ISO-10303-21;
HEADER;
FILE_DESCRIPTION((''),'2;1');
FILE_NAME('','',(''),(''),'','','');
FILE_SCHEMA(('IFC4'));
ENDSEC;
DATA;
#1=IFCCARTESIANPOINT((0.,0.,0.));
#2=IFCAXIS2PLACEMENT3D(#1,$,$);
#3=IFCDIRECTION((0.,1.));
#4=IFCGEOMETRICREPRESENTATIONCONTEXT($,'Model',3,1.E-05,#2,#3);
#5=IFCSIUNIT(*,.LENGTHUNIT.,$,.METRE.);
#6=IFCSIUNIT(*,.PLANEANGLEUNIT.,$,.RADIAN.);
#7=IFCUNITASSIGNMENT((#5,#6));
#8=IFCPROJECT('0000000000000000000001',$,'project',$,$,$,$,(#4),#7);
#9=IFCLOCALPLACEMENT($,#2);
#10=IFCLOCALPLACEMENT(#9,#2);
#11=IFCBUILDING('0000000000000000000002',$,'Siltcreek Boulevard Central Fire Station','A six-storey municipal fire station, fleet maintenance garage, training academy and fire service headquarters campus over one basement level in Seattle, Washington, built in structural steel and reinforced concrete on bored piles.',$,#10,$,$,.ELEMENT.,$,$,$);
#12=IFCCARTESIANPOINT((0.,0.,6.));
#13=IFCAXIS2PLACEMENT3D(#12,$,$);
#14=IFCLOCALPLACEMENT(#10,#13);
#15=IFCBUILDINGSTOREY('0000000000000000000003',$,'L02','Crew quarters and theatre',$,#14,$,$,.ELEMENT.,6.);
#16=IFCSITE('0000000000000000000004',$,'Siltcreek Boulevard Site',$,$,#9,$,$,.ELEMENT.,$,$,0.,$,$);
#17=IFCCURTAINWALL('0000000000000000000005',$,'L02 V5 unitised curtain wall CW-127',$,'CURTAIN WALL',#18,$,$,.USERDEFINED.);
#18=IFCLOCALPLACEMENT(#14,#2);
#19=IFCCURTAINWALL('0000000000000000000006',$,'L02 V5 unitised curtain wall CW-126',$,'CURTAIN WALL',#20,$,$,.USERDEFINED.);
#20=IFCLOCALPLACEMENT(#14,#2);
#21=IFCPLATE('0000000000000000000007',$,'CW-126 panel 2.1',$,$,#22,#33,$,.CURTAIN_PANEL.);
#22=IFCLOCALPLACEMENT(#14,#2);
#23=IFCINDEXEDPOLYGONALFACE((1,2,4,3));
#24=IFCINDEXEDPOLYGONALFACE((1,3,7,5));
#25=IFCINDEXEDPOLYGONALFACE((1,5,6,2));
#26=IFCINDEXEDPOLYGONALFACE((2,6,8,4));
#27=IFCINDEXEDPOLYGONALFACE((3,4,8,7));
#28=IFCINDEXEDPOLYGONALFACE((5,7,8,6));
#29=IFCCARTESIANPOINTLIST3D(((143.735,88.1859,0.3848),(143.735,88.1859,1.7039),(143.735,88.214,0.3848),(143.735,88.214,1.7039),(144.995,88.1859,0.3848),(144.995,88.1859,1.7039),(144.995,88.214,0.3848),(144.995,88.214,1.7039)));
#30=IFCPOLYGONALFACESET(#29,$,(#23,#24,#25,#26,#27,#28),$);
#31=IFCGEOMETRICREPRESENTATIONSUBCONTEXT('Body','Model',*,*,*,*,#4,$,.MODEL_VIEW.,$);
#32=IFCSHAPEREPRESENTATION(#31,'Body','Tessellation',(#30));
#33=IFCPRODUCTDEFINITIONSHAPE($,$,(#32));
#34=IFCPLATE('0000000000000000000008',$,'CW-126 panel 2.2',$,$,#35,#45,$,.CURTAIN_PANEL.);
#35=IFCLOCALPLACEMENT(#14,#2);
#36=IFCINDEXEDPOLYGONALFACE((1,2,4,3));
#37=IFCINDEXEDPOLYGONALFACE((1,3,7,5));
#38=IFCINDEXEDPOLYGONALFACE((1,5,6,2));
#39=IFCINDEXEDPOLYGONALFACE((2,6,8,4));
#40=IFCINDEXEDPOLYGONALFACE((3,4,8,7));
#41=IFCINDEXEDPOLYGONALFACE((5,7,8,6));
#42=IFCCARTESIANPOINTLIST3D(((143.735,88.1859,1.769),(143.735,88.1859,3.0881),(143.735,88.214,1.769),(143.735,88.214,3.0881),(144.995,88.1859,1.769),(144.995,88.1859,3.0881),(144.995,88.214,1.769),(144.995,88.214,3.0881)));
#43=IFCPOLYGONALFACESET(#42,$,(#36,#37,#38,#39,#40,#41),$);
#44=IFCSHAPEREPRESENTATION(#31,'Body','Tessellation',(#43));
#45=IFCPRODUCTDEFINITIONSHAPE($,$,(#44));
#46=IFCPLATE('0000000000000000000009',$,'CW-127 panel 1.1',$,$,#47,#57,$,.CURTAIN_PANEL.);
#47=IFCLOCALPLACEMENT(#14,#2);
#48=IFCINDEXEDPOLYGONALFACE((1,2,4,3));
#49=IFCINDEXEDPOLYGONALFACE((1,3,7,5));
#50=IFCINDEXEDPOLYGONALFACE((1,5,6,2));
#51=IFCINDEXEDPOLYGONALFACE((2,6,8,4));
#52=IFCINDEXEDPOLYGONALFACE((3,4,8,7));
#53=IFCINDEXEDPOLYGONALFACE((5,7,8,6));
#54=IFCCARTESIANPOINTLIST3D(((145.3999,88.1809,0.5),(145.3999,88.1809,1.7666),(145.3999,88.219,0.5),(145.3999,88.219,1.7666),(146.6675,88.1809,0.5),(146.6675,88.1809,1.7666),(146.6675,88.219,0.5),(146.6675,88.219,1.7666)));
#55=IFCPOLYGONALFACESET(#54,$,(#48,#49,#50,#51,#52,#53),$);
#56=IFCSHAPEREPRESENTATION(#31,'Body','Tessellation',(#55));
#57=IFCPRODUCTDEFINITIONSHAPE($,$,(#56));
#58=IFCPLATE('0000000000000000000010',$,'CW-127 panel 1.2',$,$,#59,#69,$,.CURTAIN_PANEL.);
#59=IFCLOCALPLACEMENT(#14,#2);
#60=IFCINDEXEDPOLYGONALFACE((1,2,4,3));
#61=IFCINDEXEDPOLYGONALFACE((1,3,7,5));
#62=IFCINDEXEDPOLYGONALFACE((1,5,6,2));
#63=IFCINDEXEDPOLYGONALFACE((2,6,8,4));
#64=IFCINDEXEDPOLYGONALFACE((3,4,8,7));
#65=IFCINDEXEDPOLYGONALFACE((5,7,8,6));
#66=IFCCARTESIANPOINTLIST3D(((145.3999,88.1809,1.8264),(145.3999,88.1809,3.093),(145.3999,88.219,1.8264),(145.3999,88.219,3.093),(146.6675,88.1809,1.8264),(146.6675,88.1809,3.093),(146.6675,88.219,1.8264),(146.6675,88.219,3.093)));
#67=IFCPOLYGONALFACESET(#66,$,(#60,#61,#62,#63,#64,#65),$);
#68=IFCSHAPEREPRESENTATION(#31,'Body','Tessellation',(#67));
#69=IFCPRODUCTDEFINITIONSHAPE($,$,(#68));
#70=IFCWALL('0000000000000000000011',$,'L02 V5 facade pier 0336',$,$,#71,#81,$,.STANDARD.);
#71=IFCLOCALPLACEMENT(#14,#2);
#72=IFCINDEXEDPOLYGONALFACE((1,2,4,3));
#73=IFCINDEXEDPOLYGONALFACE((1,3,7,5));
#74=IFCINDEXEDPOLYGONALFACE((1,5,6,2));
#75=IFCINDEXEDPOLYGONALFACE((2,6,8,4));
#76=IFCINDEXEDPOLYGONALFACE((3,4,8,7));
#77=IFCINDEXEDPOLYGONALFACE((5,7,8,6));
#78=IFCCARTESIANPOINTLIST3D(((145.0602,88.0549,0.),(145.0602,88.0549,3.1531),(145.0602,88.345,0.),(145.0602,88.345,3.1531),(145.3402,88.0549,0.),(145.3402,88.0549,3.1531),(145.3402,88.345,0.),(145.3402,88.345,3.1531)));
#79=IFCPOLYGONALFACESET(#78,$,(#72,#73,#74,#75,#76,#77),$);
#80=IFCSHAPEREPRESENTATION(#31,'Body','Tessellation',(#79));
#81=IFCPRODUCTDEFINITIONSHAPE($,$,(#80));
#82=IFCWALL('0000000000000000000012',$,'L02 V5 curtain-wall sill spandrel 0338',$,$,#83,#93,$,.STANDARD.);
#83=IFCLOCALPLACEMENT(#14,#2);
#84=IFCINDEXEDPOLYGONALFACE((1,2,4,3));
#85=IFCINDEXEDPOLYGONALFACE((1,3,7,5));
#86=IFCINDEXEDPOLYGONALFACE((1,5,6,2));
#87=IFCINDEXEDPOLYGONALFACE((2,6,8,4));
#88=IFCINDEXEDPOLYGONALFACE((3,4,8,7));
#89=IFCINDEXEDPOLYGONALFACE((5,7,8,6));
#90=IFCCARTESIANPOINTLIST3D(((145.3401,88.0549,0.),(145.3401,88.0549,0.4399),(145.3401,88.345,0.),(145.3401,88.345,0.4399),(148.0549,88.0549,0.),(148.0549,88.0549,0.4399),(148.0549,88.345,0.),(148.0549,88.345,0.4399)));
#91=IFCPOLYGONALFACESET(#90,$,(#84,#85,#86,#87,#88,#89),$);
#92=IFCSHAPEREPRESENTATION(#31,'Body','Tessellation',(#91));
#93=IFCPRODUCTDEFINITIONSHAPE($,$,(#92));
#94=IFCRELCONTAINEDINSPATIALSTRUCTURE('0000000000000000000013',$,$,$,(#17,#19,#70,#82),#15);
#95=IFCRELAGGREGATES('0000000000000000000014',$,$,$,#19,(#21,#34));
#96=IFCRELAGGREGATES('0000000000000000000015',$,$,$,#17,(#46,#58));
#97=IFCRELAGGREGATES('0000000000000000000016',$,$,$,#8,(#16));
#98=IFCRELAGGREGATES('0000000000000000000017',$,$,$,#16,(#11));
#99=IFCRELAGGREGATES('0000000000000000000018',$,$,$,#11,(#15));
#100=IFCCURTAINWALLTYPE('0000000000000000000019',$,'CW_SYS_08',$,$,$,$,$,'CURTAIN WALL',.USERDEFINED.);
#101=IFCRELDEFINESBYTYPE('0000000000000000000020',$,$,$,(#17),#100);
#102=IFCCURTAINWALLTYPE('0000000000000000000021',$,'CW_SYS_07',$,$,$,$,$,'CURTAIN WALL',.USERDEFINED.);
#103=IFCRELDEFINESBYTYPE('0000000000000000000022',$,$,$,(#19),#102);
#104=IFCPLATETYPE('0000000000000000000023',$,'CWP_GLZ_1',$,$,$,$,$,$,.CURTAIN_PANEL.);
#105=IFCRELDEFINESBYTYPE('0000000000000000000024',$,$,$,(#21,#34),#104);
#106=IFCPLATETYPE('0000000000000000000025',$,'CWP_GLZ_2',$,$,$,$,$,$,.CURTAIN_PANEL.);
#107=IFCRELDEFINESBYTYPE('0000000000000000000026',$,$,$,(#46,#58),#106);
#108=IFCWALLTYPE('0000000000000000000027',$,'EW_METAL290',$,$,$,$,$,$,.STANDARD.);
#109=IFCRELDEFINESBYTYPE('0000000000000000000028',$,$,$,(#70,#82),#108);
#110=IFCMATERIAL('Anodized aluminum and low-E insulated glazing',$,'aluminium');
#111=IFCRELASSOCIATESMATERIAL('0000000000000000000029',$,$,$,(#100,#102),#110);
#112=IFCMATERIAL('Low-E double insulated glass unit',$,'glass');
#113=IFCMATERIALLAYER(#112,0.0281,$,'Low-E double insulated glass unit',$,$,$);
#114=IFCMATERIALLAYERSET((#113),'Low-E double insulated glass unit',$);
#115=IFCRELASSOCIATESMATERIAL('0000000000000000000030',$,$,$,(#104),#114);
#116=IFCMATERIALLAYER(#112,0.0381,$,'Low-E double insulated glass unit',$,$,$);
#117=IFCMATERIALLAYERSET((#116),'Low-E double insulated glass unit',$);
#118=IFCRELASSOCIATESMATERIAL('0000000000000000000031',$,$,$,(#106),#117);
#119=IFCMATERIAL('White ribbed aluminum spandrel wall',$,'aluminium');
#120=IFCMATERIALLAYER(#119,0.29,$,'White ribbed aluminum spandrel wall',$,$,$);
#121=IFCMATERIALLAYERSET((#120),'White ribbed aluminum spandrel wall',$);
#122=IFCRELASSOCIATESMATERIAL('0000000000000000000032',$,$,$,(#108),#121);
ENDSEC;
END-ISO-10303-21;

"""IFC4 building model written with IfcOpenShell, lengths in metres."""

from ifc_helpers import new_model, si_unit, direction, frame, frame_2d, origin, origin_2d, place, context, subcontext, project, spatial, rectangle, extrude, material, layer, layer_set, type_object, element, aggregate, save


model = new_model("IFC4")

# Units and contexts
model_context = context("Model", 3, precision=1e-05, world=origin(), true_north=direction((0.0, 1.0)))
body_context = subcontext(model_context, "Body", "Model", "MODEL_VIEW")
ifc_project = project(units=[si_unit("LENGTHUNIT", "METRE"), si_unit("PLANEANGLEUNIT", "RADIAN")], contexts=[model_context])

# Site, building, storey
site_placement = place(None, origin())
site = spatial("IfcSite", under=ifc_project, at=site_placement, Name="Siltcreek Boulevard Site", CompositionType="ELEMENT", RefElevation=0.0)
building_placement = place(site_placement, origin())
building = spatial("IfcBuilding", under=site, at=building_placement, Name="Siltcreek Boulevard Central Fire Station", Description="A six-storey municipal fire station, fleet maintenance garage, training academy and fire service headquarters campus over one basement level in Seattle, Washington, built in structural steel and reinforced concrete on bored piles.", CompositionType="ELEMENT")
storey_placement = place(building_placement, frame((0.0, 0.0, 6.0)))
storey = spatial("IfcBuildingStorey", under=building, at=storey_placement, Name="L02", Description="Crew quarters and theatre", CompositionType="ELEMENT", Elevation=6.0)

# Curtain walls
ifc_material_1 = material(Name="Anodized aluminum and low-E insulated glazing", Category="aluminium")
curtain_wall_type_1 = type_object("IfcCurtainWallType", Name="CW_SYS_08", ElementType="CURTAIN WALL", PredefinedType="USERDEFINED", material=ifc_material_1)
curtain_wall_1_placement = place(storey_placement, origin())
curtain_wall_1 = element("IfcCurtainWall", 1, at=curtain_wall_1_placement, inside=storey, type_object=curtain_wall_type_1, Name="L02 V5 unitised curtain wall CW-127", ObjectType="CURTAIN WALL", PredefinedType="USERDEFINED")
curtain_wall_type_2 = type_object("IfcCurtainWallType", Name="CW_SYS_07", ElementType="CURTAIN WALL", PredefinedType="USERDEFINED", material=ifc_material_1)
curtain_wall_2_placement = place(storey_placement, origin())
curtain_wall_2 = element("IfcCurtainWall", 2, at=curtain_wall_2_placement, inside=storey, type_object=curtain_wall_type_2, Name="L02 V5 unitised curtain wall CW-126", ObjectType="CURTAIN WALL", PredefinedType="USERDEFINED")

# Plates
ifc_material_2 = material(Name="Low-E double insulated glass unit", Category="glass")
ifc_layer_1 = layer(ifc_material_2, 0.0281, Name="Low-E double insulated glass unit")
ifc_layer_set_1 = layer_set([ifc_layer_1], Name="Low-E double insulated glass unit")
plate_type_1 = type_object("IfcPlateType", Name="CWP_GLZ_1", PredefinedType="CURTAIN_PANEL", material=ifc_layer_set_1)
plate_1_placement = place(storey_placement, frame((144.365, 88.2, 0.3848), z_axis=(0.0, 0.0, 1.0), x_axis=(1.0, 0.0, 0.0)))
plate_1 = element("IfcPlate", 3, at=plate_1_placement, type_object=plate_type_1, Name="CW-126 panel 2.1", PredefinedType="CURTAIN_PANEL", context=body_context, shape_type="SweptSolid", body=[
    extrude(rectangle(XDim=1.26, YDim=0.0281, at=origin_2d()), origin(), (0.0, 0.0, 1.0), 1.3191),
])
plate_2_placement = place(storey_placement, frame((144.365, 88.2, 1.769), z_axis=(0.0, 0.0, 1.0), x_axis=(1.0, 0.0, 0.0)))
plate_2 = element("IfcPlate", 4, at=plate_2_placement, type_object=plate_type_1, Name="CW-126 panel 2.2", PredefinedType="CURTAIN_PANEL", context=body_context, shape_type="SweptSolid", body=[
    extrude(rectangle(XDim=1.26, YDim=0.0281, at=origin_2d()), origin(), (0.0, 0.0, 1.0), 1.3191),
])
aggregate(curtain_wall_2, [plate_1, plate_2])
ifc_layer_2 = layer(ifc_material_2, 0.0381, Name="Low-E double insulated glass unit")
ifc_layer_set_2 = layer_set([ifc_layer_2], Name="Low-E double insulated glass unit")
plate_type_2 = type_object("IfcPlateType", Name="CWP_GLZ_2", PredefinedType="CURTAIN_PANEL", material=ifc_layer_set_2)
plate_3_placement = place(storey_placement, frame((146.0337, 88.2, 0.5), z_axis=(0.0, 0.0, 1.0), x_axis=(1.0, 0.0, 0.0)))
plate_3 = element("IfcPlate", 5, at=plate_3_placement, type_object=plate_type_2, Name="CW-127 panel 1.1", PredefinedType="CURTAIN_PANEL", context=body_context, shape_type="SweptSolid", body=[
    extrude(rectangle(XDim=1.2676, YDim=0.0381, at=origin_2d()), origin(), (0.0, 0.0, 1.0), 1.2666),
])
plate_4_placement = place(storey_placement, frame((146.0337, 88.2, 1.8264), z_axis=(0.0, 0.0, 1.0), x_axis=(1.0, 0.0, 0.0)))
plate_4 = element("IfcPlate", 6, at=plate_4_placement, type_object=plate_type_2, Name="CW-127 panel 1.2", PredefinedType="CURTAIN_PANEL", context=body_context, shape_type="SweptSolid", body=[
    extrude(rectangle(XDim=1.2676, YDim=0.0381, at=origin_2d()), origin(), (0.0, 0.0, 1.0), 1.2666),
])
aggregate(curtain_wall_1, [plate_3, plate_4])

# Walls
ifc_material_3 = material(Name="White ribbed aluminum spandrel wall", Category="aluminium")
ifc_layer_3 = layer(ifc_material_3, 0.29, Name="White ribbed aluminum spandrel wall")
ifc_layer_set_3 = layer_set([ifc_layer_3], Name="White ribbed aluminum spandrel wall")
wall_type = type_object("IfcWallType", Name="EW_METAL290", PredefinedType="STANDARD", material=ifc_layer_set_3)
wall_1_placement = place(storey_placement, frame((145.0601, 88.2, 0.0), z_axis=(0.0, 0.0, 1.0), x_axis=(1.0, 0.0, 0.0)))
element("IfcWall", 7, at=wall_1_placement, inside=storey, type_object=wall_type, Name="L02 V5 facade pier 0336", PredefinedType="STANDARD", context=body_context, shape_type="SweptSolid", body=[
    extrude(rectangle(XDim=0.28, YDim=0.29, at=frame_2d((0.1401, 0.0))), origin(), (0.0, 0.0, 1.0), 3.1531),
])
wall_2_placement = place(storey_placement, frame((145.3401, 88.2, 0.0), z_axis=(0.0, 0.0, 1.0), x_axis=(1.0, 0.0, 0.0)))
element("IfcWall", 8, at=wall_2_placement, inside=storey, type_object=wall_type, Name="L02 V5 curtain-wall sill spandrel 0338", PredefinedType="STANDARD", context=body_context, shape_type="SweptSolid", body=[
    extrude(rectangle(XDim=2.7148, YDim=0.29, at=frame_2d((1.3574, 0.0))), origin(), (0.0, 0.0, 1.0), 0.4399),
])

save(model, "model.ifc")
